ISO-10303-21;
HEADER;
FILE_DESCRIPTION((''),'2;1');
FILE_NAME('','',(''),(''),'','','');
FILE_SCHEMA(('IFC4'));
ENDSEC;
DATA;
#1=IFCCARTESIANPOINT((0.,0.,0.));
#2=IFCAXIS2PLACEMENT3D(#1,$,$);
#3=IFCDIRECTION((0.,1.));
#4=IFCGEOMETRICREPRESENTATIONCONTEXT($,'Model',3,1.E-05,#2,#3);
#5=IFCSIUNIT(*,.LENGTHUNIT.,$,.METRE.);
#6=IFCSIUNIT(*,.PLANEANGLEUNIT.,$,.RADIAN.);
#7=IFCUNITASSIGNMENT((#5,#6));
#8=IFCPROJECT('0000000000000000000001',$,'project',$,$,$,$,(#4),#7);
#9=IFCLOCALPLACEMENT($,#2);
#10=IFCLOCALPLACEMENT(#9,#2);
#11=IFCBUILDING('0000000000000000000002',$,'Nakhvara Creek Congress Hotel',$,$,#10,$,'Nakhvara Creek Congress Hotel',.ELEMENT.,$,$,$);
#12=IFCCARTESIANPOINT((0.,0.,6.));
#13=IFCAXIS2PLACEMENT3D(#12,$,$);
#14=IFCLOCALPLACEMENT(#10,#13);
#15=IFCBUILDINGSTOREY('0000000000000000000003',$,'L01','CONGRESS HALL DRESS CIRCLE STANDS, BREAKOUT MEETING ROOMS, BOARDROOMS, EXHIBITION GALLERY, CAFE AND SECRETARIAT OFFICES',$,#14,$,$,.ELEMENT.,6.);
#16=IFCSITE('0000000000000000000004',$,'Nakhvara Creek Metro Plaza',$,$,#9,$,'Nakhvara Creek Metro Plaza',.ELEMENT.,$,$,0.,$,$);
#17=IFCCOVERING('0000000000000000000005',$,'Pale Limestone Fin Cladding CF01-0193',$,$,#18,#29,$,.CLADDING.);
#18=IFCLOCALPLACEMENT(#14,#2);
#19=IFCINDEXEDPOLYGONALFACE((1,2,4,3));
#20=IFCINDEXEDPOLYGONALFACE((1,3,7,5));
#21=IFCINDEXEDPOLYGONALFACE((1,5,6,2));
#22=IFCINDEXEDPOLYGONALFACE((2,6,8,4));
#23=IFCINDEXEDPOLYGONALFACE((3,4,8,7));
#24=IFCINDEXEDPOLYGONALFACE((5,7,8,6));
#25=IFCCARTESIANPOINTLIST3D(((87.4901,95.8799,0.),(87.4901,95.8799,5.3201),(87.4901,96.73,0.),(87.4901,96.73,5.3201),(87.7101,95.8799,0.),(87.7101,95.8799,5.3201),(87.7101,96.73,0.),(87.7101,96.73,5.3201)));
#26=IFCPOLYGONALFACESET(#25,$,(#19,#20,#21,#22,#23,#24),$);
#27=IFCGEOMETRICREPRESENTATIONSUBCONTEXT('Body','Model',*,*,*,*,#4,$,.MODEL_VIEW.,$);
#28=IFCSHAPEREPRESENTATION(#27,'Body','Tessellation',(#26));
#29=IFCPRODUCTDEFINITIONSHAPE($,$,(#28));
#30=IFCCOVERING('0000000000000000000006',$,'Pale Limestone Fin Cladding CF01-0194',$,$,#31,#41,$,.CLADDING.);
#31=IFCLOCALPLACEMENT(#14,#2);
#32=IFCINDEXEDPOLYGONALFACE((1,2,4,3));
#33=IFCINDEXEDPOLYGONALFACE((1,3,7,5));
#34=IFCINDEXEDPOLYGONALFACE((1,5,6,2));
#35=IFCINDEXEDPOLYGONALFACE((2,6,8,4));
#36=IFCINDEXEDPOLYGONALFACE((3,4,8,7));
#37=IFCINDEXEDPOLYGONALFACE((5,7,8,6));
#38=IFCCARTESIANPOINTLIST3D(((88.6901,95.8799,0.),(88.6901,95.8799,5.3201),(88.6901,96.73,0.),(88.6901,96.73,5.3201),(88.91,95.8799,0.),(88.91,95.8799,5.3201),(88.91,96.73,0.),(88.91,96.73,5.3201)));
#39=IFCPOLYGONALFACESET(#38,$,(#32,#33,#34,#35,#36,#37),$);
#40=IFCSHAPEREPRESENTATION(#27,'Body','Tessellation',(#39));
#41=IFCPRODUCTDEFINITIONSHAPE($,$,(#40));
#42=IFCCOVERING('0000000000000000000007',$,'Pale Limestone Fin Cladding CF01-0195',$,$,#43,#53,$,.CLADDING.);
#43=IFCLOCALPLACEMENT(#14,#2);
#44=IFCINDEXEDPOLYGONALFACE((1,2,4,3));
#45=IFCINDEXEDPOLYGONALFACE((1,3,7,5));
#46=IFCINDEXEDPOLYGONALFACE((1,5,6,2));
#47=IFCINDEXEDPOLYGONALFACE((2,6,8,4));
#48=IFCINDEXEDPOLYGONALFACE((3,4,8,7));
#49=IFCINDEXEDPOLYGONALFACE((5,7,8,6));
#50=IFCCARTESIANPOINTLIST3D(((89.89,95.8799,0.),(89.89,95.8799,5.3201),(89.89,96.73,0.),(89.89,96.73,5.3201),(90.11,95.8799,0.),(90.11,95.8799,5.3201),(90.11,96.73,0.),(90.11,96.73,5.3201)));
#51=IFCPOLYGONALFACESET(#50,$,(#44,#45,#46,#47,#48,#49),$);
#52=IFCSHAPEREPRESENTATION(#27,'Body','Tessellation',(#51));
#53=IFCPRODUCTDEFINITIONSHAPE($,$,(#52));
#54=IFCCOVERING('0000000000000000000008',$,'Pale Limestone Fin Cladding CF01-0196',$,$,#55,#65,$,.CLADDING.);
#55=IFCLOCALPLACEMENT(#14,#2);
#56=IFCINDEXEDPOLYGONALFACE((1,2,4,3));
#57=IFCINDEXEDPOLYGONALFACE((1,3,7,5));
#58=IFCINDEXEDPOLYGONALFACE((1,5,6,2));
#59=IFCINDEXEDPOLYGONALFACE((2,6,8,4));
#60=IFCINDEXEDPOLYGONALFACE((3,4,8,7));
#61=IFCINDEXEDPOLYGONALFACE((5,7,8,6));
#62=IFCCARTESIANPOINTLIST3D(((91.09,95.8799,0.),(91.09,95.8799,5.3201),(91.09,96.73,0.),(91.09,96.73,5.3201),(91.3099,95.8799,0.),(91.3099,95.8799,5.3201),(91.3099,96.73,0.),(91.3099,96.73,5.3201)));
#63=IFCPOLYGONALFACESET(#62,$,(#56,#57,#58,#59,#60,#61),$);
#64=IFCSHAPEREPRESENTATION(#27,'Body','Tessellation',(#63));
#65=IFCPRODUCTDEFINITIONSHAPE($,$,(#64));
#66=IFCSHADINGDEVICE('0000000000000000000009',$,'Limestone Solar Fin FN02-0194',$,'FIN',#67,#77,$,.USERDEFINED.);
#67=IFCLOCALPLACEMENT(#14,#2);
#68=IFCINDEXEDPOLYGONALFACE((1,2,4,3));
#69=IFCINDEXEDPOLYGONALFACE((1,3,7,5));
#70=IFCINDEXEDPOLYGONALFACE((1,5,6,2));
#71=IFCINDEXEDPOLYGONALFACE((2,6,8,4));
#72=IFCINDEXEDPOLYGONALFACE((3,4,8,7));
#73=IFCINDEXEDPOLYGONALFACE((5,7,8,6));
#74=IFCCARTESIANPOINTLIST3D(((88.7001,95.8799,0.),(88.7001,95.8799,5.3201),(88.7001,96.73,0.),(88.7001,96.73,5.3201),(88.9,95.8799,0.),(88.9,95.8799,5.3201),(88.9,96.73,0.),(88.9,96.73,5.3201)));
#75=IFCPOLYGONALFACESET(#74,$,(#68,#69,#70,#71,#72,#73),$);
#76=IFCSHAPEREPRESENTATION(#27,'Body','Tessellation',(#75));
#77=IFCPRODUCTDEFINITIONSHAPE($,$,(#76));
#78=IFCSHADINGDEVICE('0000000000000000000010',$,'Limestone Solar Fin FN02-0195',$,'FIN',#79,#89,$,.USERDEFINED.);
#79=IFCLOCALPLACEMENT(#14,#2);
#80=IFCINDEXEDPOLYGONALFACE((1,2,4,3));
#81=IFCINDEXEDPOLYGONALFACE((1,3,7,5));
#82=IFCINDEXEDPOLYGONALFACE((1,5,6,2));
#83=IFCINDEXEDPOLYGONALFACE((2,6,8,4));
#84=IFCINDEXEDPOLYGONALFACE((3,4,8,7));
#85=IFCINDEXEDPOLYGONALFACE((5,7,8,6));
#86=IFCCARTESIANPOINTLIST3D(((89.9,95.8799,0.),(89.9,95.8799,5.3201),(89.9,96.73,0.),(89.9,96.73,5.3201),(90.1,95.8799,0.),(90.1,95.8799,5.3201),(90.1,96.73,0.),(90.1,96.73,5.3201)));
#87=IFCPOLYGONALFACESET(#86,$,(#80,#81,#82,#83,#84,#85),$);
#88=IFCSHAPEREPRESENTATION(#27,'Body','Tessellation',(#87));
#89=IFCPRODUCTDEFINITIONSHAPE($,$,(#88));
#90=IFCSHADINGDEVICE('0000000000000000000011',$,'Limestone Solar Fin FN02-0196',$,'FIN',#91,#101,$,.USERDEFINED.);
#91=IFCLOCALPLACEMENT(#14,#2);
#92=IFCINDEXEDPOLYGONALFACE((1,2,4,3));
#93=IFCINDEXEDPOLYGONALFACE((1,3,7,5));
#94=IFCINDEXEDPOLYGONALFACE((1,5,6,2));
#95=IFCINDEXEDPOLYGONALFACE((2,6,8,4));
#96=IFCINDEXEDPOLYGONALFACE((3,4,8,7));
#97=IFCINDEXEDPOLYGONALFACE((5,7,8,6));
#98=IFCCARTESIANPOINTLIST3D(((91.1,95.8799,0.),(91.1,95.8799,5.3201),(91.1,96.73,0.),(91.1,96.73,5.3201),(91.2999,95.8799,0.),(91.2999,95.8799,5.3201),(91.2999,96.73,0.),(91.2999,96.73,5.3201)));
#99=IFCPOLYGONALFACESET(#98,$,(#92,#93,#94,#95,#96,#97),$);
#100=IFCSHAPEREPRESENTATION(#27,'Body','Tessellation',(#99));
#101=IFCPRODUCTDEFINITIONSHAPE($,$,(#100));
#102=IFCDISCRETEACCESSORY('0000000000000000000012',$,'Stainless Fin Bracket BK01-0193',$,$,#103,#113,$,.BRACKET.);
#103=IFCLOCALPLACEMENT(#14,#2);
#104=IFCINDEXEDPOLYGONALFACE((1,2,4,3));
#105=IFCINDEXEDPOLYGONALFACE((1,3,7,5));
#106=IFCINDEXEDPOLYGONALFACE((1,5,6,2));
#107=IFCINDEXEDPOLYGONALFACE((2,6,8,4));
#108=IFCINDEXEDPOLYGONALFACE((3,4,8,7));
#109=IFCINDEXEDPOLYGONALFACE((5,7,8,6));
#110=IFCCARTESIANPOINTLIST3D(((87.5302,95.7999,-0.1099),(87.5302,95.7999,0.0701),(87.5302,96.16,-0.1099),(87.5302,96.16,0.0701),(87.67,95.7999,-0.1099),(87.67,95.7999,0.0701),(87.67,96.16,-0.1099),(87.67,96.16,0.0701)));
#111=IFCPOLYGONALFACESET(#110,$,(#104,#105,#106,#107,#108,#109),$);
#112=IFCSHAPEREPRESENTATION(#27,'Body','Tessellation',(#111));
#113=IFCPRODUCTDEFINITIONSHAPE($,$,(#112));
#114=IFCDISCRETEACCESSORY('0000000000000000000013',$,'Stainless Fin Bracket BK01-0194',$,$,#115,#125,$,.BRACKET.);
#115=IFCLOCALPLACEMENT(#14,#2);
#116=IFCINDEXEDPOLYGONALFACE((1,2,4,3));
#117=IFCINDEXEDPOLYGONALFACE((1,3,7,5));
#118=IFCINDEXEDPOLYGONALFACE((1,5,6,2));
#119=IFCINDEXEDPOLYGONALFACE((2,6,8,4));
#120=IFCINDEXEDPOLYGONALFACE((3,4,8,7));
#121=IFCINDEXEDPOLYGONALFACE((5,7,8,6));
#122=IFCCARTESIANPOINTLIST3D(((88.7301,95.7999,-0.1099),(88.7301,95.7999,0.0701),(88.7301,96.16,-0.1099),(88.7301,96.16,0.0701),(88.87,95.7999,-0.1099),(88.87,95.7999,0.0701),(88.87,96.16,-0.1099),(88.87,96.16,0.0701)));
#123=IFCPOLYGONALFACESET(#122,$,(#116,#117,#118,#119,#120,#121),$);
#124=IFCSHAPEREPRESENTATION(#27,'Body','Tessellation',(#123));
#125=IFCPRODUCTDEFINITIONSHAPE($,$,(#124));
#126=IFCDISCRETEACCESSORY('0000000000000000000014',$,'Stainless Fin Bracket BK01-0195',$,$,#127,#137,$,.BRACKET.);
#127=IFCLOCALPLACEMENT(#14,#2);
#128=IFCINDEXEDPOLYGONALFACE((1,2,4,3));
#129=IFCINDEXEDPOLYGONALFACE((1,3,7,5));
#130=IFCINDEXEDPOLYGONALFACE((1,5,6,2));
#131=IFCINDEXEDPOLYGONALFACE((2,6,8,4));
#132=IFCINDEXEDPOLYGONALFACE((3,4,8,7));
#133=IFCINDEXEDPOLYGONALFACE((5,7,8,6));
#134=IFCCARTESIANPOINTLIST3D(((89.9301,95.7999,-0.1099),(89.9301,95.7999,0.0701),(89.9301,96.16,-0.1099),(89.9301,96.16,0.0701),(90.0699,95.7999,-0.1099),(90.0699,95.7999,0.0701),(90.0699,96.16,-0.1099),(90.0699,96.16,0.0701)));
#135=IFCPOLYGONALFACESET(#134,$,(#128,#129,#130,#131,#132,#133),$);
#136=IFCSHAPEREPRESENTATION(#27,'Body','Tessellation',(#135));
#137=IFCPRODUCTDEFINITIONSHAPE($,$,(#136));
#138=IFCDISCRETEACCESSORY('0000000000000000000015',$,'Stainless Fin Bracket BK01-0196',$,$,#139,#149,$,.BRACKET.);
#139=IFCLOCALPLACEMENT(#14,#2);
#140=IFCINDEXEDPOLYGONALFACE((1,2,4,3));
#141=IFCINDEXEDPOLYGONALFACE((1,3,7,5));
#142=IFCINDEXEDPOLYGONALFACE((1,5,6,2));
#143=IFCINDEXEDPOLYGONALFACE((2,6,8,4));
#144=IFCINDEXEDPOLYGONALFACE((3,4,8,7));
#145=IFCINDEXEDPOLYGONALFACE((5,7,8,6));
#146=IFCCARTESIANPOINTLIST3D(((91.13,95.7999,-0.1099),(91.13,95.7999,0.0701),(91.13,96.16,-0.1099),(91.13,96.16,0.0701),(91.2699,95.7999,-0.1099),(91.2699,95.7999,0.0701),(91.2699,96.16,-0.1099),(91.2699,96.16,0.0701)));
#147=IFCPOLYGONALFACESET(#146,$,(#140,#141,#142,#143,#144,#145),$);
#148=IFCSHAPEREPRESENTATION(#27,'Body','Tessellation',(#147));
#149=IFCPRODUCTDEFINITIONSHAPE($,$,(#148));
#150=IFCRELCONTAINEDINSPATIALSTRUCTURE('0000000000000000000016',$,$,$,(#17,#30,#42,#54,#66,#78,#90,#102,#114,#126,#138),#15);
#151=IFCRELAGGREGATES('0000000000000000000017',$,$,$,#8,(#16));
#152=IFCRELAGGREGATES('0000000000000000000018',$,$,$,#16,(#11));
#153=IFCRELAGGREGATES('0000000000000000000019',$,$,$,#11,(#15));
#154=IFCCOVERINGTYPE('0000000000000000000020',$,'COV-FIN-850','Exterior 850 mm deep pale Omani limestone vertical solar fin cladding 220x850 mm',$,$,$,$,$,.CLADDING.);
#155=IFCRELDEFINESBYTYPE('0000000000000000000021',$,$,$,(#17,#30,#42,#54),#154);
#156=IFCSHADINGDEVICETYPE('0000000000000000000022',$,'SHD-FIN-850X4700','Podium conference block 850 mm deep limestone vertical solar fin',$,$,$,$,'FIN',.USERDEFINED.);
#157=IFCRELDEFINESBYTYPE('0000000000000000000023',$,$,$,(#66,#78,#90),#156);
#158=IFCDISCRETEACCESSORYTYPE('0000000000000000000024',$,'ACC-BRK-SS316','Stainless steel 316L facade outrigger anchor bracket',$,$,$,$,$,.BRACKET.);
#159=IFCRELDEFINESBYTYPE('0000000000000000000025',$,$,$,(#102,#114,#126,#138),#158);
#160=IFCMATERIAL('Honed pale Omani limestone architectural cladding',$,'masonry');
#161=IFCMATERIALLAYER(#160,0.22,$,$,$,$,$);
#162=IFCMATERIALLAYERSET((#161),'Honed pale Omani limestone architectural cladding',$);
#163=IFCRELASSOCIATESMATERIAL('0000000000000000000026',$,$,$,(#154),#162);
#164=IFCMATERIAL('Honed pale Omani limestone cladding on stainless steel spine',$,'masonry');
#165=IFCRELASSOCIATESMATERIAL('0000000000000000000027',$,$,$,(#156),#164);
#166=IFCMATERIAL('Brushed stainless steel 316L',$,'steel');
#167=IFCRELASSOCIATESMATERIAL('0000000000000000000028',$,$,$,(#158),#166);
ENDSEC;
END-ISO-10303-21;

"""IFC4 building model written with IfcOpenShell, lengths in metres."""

from ifc_helpers import new_model, si_unit, direction, frame, origin, origin_2d, place, context, subcontext, project, spatial, rectangle, extrude, material, layer, layer_set, type_object, element, save


model = new_model("IFC4")

# Units and contexts
model_context = context("Model", 3, precision=1e-05, world=origin(), true_north=direction((0.0, 1.0)))
body_context = subcontext(model_context, "Body", "Model", "MODEL_VIEW")
ifc_project = project(units=[si_unit("LENGTHUNIT", "METRE"), si_unit("PLANEANGLEUNIT", "RADIAN")], contexts=[model_context])

# Site, building, storey
site_placement = place(None, origin())
site = spatial("IfcSite", under=ifc_project, at=site_placement, Name="Nakhvara Creek Metro Plaza", LongName="Nakhvara Creek Metro Plaza", CompositionType="ELEMENT", RefElevation=0.0)
building_placement = place(site_placement, origin())
building = spatial("IfcBuilding", under=site, at=building_placement, Name="Nakhvara Creek Congress Hotel", LongName="Nakhvara Creek Congress Hotel", CompositionType="ELEMENT")
storey_placement = place(building_placement, frame((0.0, 0.0, 6.0)))
storey = spatial("IfcBuildingStorey", under=building, at=storey_placement, Name="L01", Description="CONGRESS HALL DRESS CIRCLE STANDS, BREAKOUT MEETING ROOMS, BOARDROOMS, EXHIBITION GALLERY, CAFE AND SECRETARIAT OFFICES", CompositionType="ELEMENT", Elevation=6.0)

# Coverings
ifc_material_1 = material(Name="Honed pale Omani limestone architectural cladding", Category="masonry")
ifc_layer_1 = layer(ifc_material_1, 0.22)
ifc_layer_set_1 = layer_set([ifc_layer_1], Name="Honed pale Omani limestone architectural cladding")
covering_type = type_object("IfcCoveringType", Name="COV-FIN-850", Description="Exterior 850 mm deep pale Omani limestone vertical solar fin cladding 220x850 mm", PredefinedType="CLADDING", material=ifc_layer_set_1)
for number, where, z_axis, x_axis, name in (
    (1, (87.6001, 96.3049, 0.0), (0.0, 0.0, 1.0), (1.0, 0.0, 0.0), "Pale Limestone Fin Cladding CF01-0193"),
    (2, (88.8, 96.3049, 0.0), (0.0, 0.0, 1.0), (1.0, 0.0, 0.0), "Pale Limestone Fin Cladding CF01-0194"),
    (3, (90.0, 96.3049, 0.0), (0.0, 0.0, 1.0), (1.0, 0.0, 0.0), "Pale Limestone Fin Cladding CF01-0195"),
    (4, (91.2, 96.3049, 0.0), (0.0, 0.0, 1.0), (1.0, 0.0, 0.0), "Pale Limestone Fin Cladding CF01-0196"),
):
    element("IfcCovering", number, at=place(storey_placement, frame(where, z_axis=z_axis, x_axis=x_axis)), inside=storey, type_object=covering_type, Name=name, PredefinedType="CLADDING", context=body_context, shape_type="SweptSolid", body=[
        extrude(rectangle(XDim=0.22, YDim=0.8501, at=origin_2d()), origin(), (0.0, 0.0, 1.0), 5.3201),
    ])

# Shading devices
ifc_material_2 = material(Name="Honed pale Omani limestone cladding on stainless steel spine", Category="masonry")
shading_device_type = type_object("IfcShadingDeviceType", Name="SHD-FIN-850X4700", Description="Podium conference block 850 mm deep limestone vertical solar fin", ElementType="FIN", PredefinedType="USERDEFINED", material=ifc_material_2)
for number, where, z_axis, x_axis, name in (
    (5, (88.8, 96.3049, 0.0), (0.0, 0.0, 1.0), (1.0, 0.0, 0.0), "Limestone Solar Fin FN02-0194"),
    (6, (90.0, 96.3049, 0.0), (0.0, 0.0, 1.0), (1.0, 0.0, 0.0), "Limestone Solar Fin FN02-0195"),
    (7, (91.2, 96.3049, 0.0), (0.0, 0.0, 1.0), (1.0, 0.0, 0.0), "Limestone Solar Fin FN02-0196"),
):
    element("IfcShadingDevice", number, at=place(storey_placement, frame(where, z_axis=z_axis, x_axis=x_axis)), inside=storey, type_object=shading_device_type, Name=name, ObjectType="FIN", PredefinedType="USERDEFINED", context=body_context, shape_type="SweptSolid", body=[
        extrude(rectangle(XDim=0.2, YDim=0.8501, at=origin_2d()), origin(), (0.0, 0.0, 1.0), 5.3201),
    ])

# Discrete accessories
ifc_material_3 = material(Name="Brushed stainless steel 316L", Category="steel")
discrete_accessory_type = type_object("IfcDiscreteAccessoryType", Name="ACC-BRK-SS316", Description="Stainless steel 316L facade outrigger anchor bracket", PredefinedType="BRACKET", material=ifc_material_3)
for number, where, z_axis, x_axis, name in (
    (8, (87.6001, 95.98, -0.1099), (0.0, 0.0, 1.0), (1.0, 0.0, 0.0), "Stainless Fin Bracket BK01-0193"),
    (9, (88.8, 95.98, -0.1099), (0.0, 0.0, 1.0), (1.0, 0.0, 0.0), "Stainless Fin Bracket BK01-0194"),
    (10, (90.0, 95.98, -0.1099), (0.0, 0.0, 1.0), (1.0, 0.0, 0.0), "Stainless Fin Bracket BK01-0195"),
    (11, (91.2, 95.98, -0.1099), (0.0, 0.0, 1.0), (1.0, 0.0, 0.0), "Stainless Fin Bracket BK01-0196"),
):
    element("IfcDiscreteAccessory", number, at=place(storey_placement, frame(where, z_axis=z_axis, x_axis=x_axis)), inside=storey, type_object=discrete_accessory_type, Name=name, PredefinedType="BRACKET", context=body_context, shape_type="SweptSolid", body=[
        extrude(rectangle(XDim=0.1399, YDim=0.3601, at=origin_2d()), origin(), (0.0, 0.0, 1.0), 0.1799),
    ])

save(model, "model.ifc")
